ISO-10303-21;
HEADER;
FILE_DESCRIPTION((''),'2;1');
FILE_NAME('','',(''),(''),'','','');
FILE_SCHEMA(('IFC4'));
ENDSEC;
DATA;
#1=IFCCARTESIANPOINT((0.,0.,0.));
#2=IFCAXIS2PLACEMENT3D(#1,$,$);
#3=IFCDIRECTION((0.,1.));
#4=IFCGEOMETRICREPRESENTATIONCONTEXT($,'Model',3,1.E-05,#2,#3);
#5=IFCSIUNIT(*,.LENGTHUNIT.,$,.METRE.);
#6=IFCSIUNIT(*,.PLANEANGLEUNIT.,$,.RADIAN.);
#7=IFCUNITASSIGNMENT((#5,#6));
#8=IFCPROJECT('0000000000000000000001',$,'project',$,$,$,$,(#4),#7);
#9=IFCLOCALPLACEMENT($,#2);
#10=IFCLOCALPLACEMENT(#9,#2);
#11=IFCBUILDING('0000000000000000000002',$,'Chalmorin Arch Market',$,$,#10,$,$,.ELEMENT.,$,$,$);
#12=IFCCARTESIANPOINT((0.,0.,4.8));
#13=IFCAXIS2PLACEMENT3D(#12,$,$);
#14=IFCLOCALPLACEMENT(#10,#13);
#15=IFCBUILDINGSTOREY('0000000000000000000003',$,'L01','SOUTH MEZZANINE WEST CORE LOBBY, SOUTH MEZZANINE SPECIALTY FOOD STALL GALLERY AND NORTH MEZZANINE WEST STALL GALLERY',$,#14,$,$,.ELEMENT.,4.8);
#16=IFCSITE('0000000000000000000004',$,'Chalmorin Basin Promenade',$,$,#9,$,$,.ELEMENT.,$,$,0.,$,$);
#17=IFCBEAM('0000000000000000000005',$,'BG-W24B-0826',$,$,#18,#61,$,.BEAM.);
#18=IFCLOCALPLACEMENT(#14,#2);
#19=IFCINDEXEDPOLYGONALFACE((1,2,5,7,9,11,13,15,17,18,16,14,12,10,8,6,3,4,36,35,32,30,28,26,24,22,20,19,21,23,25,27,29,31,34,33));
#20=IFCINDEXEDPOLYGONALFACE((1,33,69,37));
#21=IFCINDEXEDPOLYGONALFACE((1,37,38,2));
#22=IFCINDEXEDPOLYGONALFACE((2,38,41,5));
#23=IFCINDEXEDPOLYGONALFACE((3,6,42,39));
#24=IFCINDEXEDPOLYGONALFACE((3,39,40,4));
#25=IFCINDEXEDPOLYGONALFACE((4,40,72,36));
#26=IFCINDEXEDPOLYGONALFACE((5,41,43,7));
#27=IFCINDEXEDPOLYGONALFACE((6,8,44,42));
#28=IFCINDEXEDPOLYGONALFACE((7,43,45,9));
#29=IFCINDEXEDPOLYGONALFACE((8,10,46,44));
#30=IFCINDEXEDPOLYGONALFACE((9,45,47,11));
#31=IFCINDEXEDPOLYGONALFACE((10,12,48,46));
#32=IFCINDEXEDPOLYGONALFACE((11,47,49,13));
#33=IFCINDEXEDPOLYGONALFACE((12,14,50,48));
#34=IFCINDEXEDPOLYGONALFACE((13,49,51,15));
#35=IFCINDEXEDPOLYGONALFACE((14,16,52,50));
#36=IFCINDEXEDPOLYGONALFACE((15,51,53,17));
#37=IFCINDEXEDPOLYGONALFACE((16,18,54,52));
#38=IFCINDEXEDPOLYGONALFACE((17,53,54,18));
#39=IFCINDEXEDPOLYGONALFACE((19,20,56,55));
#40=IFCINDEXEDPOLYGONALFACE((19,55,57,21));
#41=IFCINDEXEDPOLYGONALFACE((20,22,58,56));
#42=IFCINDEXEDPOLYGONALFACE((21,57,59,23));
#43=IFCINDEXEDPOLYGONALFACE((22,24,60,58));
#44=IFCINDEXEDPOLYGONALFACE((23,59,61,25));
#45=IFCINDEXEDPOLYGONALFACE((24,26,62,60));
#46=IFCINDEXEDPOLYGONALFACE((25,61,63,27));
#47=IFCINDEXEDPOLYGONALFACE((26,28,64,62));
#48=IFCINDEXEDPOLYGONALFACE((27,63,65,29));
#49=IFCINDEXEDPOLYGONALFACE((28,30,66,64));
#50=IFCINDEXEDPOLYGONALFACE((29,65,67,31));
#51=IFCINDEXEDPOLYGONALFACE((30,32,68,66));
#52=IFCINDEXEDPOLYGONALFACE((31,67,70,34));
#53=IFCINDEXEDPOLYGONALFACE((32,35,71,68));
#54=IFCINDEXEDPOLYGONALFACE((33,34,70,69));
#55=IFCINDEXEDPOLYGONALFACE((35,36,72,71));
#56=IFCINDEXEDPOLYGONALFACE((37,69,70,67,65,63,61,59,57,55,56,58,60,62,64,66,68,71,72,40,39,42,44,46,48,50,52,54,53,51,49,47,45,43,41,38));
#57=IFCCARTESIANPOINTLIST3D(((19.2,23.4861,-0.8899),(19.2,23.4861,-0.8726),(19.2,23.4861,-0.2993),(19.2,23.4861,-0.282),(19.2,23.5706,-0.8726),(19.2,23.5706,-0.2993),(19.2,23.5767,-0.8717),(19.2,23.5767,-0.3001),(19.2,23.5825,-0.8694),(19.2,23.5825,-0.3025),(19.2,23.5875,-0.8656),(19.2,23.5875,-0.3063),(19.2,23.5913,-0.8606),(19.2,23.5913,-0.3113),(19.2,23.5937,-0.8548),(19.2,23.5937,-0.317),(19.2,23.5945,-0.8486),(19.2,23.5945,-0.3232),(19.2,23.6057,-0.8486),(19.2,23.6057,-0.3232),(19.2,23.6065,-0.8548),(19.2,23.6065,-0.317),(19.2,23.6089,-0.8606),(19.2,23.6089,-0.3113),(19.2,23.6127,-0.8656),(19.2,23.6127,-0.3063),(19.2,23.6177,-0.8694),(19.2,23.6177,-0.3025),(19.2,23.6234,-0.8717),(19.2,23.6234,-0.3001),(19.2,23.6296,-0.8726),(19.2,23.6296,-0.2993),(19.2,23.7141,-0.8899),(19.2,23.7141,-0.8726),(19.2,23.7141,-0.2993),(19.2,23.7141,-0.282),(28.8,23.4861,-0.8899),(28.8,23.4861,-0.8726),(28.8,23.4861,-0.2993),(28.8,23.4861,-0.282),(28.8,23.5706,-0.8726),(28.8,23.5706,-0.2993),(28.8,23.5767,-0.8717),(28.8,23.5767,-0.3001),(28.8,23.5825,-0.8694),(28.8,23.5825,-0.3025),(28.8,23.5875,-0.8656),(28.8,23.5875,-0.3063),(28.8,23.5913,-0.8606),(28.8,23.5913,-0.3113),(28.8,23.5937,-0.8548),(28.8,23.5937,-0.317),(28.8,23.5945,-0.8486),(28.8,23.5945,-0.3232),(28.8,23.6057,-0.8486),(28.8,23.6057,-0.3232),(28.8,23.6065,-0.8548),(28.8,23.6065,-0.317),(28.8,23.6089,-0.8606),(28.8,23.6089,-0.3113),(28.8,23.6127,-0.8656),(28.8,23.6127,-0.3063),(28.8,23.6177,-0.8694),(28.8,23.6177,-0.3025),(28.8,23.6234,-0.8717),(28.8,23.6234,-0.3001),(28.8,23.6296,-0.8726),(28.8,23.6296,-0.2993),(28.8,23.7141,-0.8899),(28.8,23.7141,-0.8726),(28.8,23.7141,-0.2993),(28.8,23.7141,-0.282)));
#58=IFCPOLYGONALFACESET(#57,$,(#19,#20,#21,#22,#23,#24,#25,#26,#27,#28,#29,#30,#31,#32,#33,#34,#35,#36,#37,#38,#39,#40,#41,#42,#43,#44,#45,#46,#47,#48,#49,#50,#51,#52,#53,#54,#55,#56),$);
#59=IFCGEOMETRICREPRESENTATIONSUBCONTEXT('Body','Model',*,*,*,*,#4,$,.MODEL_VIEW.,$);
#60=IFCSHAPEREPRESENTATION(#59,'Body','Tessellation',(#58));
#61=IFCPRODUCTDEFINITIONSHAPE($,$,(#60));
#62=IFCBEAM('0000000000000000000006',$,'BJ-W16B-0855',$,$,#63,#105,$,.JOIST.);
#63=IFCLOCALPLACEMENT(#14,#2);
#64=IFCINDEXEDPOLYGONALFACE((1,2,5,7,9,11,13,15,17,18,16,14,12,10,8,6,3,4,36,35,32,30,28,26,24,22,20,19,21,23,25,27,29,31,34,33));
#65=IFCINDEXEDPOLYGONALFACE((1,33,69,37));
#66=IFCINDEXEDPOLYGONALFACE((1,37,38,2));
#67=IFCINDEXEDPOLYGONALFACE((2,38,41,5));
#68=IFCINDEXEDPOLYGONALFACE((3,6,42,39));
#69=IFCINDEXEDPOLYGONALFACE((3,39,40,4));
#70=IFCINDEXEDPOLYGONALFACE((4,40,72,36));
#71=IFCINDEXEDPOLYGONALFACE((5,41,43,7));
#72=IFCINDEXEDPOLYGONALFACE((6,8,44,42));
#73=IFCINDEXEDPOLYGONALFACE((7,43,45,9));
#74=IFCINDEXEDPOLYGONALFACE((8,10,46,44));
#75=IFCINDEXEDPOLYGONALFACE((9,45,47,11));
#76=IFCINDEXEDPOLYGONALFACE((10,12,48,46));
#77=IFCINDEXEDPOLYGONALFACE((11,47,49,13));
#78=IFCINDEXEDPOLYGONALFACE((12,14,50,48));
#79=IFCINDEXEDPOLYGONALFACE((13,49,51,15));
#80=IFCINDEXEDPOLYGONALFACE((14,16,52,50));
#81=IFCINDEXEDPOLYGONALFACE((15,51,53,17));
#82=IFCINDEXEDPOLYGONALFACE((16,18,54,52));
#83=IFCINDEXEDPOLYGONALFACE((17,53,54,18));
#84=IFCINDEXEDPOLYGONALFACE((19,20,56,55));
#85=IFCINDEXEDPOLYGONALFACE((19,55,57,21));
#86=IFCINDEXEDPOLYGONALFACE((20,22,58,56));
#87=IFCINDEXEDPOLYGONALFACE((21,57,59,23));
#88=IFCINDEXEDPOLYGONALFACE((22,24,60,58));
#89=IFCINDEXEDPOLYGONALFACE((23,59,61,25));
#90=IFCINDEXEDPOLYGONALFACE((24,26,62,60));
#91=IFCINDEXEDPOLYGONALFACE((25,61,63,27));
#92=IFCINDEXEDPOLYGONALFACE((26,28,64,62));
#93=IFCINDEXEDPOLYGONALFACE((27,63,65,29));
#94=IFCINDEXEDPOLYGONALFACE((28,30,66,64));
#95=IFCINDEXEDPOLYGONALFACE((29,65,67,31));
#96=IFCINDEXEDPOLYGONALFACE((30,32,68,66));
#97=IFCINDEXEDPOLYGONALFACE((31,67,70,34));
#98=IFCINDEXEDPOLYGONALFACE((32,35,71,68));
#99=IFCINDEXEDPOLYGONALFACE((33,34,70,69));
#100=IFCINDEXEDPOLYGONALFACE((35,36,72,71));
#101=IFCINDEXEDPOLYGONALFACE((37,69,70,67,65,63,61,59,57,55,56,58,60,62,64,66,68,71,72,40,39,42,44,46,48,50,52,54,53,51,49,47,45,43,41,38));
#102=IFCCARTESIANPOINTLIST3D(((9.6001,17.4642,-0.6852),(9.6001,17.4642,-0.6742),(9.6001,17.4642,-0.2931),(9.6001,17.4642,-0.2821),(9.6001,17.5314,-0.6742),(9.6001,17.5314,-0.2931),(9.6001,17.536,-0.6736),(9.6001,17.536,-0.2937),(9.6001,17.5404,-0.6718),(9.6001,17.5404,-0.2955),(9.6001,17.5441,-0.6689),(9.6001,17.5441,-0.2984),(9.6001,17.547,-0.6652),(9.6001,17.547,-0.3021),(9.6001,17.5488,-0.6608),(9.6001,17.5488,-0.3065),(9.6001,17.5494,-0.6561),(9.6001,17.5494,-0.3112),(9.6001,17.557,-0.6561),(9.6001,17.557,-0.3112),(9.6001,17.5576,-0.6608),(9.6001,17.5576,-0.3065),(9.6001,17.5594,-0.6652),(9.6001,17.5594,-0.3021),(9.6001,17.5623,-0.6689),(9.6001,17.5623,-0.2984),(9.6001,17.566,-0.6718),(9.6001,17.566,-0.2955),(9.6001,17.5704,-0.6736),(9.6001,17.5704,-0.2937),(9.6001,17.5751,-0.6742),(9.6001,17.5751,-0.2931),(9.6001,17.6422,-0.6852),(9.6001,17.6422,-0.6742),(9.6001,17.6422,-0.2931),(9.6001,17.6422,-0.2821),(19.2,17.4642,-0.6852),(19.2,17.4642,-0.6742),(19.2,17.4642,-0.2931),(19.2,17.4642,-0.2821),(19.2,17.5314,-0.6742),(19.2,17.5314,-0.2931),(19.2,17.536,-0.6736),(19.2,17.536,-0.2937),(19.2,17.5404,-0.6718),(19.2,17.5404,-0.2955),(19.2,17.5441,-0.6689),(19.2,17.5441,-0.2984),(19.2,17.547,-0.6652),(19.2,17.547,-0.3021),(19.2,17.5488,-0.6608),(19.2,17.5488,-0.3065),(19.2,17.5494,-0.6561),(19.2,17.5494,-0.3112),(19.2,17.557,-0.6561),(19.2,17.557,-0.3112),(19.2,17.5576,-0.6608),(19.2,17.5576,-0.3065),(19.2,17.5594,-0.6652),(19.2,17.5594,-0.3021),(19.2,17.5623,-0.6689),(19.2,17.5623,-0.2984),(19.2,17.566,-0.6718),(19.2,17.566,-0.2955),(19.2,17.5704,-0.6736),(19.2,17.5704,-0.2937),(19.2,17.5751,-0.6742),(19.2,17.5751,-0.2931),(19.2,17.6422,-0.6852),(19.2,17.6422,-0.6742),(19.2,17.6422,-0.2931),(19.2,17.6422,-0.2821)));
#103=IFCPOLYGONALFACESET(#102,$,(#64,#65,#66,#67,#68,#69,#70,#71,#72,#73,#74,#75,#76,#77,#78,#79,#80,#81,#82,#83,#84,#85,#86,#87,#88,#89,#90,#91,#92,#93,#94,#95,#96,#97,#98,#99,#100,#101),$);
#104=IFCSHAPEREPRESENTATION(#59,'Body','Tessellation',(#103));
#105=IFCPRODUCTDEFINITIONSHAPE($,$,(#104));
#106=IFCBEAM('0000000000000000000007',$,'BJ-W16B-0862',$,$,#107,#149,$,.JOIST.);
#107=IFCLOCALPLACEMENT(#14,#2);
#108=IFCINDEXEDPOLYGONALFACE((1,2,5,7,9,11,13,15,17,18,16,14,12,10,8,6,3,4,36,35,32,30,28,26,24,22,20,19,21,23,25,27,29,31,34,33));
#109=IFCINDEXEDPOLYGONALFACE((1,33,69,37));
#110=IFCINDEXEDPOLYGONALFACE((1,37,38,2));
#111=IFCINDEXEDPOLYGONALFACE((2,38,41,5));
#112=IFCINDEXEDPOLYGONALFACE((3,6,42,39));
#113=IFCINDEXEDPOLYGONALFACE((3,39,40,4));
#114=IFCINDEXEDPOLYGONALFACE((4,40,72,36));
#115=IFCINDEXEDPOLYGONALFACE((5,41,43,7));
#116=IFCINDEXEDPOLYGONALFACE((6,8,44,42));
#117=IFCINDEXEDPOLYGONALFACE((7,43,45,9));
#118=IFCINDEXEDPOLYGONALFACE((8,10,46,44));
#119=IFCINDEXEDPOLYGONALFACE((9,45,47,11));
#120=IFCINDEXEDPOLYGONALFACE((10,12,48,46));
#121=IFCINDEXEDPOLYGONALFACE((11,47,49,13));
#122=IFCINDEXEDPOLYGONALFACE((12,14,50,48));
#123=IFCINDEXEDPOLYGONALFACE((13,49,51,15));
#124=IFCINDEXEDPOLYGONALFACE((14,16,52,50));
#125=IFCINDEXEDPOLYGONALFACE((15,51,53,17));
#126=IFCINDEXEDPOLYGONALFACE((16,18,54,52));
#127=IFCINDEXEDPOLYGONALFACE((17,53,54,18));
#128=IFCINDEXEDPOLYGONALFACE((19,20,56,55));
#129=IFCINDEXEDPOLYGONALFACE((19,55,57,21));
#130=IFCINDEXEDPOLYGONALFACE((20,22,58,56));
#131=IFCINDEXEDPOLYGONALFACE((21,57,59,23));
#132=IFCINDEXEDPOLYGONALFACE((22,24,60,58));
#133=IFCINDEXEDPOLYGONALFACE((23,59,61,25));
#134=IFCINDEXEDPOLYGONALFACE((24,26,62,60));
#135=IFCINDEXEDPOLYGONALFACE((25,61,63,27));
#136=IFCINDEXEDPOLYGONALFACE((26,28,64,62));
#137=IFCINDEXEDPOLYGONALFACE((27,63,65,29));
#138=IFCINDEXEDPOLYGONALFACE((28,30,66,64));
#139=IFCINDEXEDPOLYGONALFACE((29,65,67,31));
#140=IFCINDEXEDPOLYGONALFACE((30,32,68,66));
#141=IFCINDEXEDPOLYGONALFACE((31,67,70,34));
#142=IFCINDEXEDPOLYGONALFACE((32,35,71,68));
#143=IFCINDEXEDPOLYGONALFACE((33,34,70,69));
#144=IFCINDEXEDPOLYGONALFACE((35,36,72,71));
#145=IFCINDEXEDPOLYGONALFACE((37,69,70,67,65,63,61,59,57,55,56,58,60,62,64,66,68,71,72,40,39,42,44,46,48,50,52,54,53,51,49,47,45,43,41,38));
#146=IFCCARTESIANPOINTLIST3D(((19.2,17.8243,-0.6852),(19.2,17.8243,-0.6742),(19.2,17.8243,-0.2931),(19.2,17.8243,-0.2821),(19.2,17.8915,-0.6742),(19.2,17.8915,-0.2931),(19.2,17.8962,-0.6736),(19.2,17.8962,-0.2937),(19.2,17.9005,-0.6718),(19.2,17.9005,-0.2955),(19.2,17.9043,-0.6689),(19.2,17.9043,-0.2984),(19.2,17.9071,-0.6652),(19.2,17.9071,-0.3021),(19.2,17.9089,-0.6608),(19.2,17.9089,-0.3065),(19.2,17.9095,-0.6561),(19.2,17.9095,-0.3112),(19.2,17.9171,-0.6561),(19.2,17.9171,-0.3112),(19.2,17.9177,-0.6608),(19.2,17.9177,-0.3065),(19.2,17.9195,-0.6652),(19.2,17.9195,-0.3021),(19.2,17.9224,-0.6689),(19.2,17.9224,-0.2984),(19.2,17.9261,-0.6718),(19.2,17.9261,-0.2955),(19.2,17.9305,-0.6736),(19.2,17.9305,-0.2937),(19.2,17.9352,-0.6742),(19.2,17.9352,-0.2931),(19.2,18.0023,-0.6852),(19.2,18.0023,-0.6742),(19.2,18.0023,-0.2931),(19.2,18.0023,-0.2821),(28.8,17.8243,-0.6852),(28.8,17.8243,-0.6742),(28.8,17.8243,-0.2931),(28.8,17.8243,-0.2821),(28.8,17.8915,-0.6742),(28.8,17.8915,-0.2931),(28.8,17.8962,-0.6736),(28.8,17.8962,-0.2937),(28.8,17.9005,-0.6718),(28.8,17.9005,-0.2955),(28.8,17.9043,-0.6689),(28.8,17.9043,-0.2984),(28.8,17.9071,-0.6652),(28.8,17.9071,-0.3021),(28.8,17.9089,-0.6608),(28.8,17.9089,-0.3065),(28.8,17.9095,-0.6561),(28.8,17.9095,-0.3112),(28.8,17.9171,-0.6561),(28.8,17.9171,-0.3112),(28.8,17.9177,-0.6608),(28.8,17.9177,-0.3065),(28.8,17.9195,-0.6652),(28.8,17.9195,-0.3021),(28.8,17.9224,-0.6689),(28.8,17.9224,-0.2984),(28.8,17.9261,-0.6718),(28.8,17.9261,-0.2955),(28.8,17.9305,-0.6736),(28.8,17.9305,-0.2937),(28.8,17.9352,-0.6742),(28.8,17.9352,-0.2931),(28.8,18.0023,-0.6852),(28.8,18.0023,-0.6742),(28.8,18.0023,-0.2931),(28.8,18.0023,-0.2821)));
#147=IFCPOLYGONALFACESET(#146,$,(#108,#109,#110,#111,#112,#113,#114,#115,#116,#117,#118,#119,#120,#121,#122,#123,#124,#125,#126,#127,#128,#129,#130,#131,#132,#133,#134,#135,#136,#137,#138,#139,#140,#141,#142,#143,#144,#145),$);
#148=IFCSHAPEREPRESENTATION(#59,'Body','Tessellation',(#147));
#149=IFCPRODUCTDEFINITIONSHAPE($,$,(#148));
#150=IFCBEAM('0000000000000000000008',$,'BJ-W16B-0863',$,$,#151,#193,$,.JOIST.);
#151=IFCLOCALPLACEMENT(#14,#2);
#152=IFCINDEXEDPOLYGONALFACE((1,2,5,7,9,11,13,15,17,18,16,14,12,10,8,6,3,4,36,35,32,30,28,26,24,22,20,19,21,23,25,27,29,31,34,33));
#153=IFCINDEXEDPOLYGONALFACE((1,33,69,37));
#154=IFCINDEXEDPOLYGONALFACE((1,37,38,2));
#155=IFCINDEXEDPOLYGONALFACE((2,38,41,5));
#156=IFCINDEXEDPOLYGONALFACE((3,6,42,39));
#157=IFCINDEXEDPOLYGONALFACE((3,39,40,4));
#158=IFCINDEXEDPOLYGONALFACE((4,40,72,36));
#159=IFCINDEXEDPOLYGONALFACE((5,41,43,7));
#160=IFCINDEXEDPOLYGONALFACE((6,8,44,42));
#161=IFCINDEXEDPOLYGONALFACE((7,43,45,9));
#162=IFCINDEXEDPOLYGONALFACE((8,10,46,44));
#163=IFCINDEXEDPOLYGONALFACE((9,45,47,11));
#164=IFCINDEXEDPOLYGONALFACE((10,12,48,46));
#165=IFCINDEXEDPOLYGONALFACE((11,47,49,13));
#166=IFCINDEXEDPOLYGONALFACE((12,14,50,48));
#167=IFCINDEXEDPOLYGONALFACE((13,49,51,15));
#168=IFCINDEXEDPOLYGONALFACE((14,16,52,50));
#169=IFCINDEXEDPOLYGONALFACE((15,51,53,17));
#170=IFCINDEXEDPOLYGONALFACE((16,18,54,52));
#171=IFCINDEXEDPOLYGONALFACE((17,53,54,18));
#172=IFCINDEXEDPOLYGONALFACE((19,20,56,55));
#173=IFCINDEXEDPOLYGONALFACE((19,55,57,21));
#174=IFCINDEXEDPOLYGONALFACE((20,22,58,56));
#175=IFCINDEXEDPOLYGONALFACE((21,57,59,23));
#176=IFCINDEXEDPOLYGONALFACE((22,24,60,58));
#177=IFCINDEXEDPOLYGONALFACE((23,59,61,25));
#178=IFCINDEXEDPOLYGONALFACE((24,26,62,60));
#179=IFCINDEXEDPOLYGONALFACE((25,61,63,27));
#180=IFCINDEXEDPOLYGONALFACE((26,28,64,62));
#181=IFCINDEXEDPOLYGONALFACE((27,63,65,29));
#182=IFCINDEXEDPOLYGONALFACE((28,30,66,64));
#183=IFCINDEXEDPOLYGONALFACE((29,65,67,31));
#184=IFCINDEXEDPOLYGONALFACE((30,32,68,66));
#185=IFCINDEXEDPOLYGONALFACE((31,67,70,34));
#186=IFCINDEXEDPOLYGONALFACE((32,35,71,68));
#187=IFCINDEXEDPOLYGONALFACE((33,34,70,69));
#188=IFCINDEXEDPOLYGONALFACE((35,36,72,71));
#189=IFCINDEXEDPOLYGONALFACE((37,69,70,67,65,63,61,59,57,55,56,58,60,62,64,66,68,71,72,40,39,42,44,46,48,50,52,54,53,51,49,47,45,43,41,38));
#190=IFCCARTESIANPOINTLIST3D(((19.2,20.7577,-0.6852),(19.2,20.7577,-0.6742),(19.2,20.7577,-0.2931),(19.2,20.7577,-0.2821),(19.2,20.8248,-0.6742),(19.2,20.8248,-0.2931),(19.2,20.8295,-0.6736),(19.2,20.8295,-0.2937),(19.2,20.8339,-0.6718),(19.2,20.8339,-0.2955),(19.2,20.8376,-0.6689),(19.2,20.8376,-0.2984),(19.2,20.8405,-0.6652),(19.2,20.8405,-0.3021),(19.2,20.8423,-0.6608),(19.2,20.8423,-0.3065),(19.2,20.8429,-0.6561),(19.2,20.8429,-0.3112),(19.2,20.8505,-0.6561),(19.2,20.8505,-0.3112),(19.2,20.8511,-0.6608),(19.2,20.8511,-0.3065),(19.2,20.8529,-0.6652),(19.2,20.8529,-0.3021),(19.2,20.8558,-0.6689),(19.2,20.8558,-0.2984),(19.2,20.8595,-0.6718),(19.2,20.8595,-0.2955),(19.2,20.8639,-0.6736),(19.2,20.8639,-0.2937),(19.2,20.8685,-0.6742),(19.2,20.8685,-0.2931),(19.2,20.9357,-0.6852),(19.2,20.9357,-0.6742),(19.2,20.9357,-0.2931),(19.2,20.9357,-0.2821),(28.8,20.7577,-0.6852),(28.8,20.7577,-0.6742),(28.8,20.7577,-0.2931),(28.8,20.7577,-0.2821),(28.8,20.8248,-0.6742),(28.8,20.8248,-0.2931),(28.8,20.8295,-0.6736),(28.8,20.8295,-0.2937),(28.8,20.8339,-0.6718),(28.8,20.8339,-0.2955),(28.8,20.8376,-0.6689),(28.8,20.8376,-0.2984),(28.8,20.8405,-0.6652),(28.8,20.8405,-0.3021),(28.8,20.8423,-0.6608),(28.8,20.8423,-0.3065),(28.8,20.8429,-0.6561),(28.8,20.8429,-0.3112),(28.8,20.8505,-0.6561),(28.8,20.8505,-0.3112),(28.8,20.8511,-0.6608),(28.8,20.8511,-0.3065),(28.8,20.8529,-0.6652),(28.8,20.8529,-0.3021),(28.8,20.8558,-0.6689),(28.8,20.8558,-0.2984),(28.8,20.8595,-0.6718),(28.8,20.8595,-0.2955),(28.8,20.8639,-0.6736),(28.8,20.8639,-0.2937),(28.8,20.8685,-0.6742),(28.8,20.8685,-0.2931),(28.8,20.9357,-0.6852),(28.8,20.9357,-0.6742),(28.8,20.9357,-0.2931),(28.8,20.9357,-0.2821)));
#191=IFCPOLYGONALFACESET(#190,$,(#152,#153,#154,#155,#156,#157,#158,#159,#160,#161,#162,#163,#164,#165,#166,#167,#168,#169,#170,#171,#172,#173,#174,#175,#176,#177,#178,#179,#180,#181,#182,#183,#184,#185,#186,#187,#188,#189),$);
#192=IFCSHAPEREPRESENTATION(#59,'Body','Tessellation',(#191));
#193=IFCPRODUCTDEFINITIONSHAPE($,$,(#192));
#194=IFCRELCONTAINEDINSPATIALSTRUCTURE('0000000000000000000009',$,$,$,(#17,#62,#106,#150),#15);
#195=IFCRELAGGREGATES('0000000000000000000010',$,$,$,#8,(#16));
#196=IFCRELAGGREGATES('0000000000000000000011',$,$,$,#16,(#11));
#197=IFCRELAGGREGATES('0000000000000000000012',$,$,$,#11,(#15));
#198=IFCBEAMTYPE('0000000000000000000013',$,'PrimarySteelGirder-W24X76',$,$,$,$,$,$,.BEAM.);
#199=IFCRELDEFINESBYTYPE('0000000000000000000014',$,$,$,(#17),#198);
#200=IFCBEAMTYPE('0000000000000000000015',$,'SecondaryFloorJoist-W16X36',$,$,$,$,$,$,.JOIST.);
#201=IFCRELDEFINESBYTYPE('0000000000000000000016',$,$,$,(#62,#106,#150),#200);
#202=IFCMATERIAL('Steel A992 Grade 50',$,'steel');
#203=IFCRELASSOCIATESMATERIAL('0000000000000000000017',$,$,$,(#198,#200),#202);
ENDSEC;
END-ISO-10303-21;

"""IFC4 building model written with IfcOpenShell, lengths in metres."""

from ifc_helpers import new_model, si_unit, direction, frame, origin, origin_2d, place, context, subcontext, project, spatial, i_section, extrude, material, material_profile, profile_set, type_object, element, save


model = new_model("IFC4")

# Units and contexts
model_context = context("Model", 3, precision=1e-05, world=origin(), true_north=direction((0.0, 1.0)))
body_context = subcontext(model_context, "Body", "Model", "MODEL_VIEW")
ifc_project = project(units=[si_unit("LENGTHUNIT", "METRE"), si_unit("PLANEANGLEUNIT", "RADIAN")], contexts=[model_context])

# Site, building, storey
site_placement = place(None, origin())
site = spatial("IfcSite", under=ifc_project, at=site_placement, Name="Chalmorin Basin Promenade", CompositionType="ELEMENT", RefElevation=0.0)
building_placement = place(site_placement, origin())
building = spatial("IfcBuilding", under=site, at=building_placement, Name="Chalmorin Arch Market", CompositionType="ELEMENT")
storey_placement = place(building_placement, frame((0.0, 0.0, 4.8)))
storey = spatial("IfcBuildingStorey", under=building, at=storey_placement, Name="L01", Description="SOUTH MEZZANINE WEST CORE LOBBY, SOUTH MEZZANINE SPECIALTY FOOD STALL GALLERY AND NORTH MEZZANINE WEST STALL GALLERY", CompositionType="ELEMENT", Elevation=4.8)

# Shared definitions
ifc_material_1 = material(Name="Steel A992 Grade 50", Category="steel")

# Beams
ifc_material_profile_1 = material_profile(ifc_material_1, i_section(OverallWidth=0.228, OverallDepth=0.6079, WebThickness=0.0112, FlangeThickness=0.0173, FilletRadius=0.0239, at=origin_2d()), Name="W24X76")
ifc_profile_set_1 = profile_set([ifc_material_profile_1], Name="Steel A992 Grade 50")
beam_type_1 = type_object("IfcBeamType", Name="PrimarySteelGirder-W24X76", PredefinedType="BEAM", material=ifc_profile_set_1)
for number, where, z_axis, x_axis, name in (
    (1, (19.2, 23.6001, -0.5859), (1.0, 0.0, 0.0), (0.0, 1.0, 0.0), "BG-W24B-0826"),
):
    element("IfcBeam", number, at=place(storey_placement, frame(where, z_axis=z_axis, x_axis=x_axis)), inside=storey, type_object=beam_type_1, Name=name, PredefinedType="BEAM", context=body_context, shape_type="SweptSolid", body=[
        extrude(i_section(OverallWidth=0.228, OverallDepth=0.6079, WebThickness=0.0112, FlangeThickness=0.0173, FilletRadius=0.0239, at=origin_2d()), origin(), (0.0, 0.0, 1.0), 9.6001),
    ])
ifc_material_profile_2 = material_profile(ifc_material_1, i_section(OverallWidth=0.178, OverallDepth=0.4031, WebThickness=0.0076, FlangeThickness=0.011, FilletRadius=0.0181, at=origin_2d()), Name="W16X36")
ifc_profile_set_2 = profile_set([ifc_material_profile_2], Name="Steel A992 Grade 50")
beam_type_2 = type_object("IfcBeamType", Name="SecondaryFloorJoist-W16X36", PredefinedType="JOIST", material=ifc_profile_set_2)
beam_1_placement = place(storey_placement, frame((9.6001, 17.5532, -0.4836), z_axis=(1.0, 0.0, 0.0), x_axis=(0.0, 1.0, 0.0)))
element("IfcBeam", 2, at=beam_1_placement, inside=storey, type_object=beam_type_2, Name="BJ-W16B-0855", PredefinedType="JOIST", context=body_context, shape_type="SweptSolid", body=[
    extrude(i_section(OverallWidth=0.178, OverallDepth=0.4031, WebThickness=0.0076, FlangeThickness=0.011, FilletRadius=0.0181, at=origin_2d()), origin(), (0.0, 0.0, 1.0), 9.5999),
])
for number, where, z_axis, x_axis, name in (
    (3, (19.2, 17.9133, -0.4836), (1.0, 0.0, 0.0), (0.0, 1.0, 0.0), "BJ-W16B-0862"),
    (4, (19.2, 20.8467, -0.4836), (1.0, 0.0, 0.0), (0.0, 1.0, 0.0), "BJ-W16B-0863"),
):
    element("IfcBeam", number, at=place(storey_placement, frame(where, z_axis=z_axis, x_axis=x_axis)), inside=storey, type_object=beam_type_2, Name=name, PredefinedType="JOIST", context=body_context, shape_type="SweptSolid", body=[
        extrude(i_section(OverallWidth=0.178, OverallDepth=0.4031, WebThickness=0.0076, FlangeThickness=0.011, FilletRadius=0.0181, at=origin_2d()), origin(), (0.0, 0.0, 1.0), 9.6001),
    ])

save(model, "model.ifc")
